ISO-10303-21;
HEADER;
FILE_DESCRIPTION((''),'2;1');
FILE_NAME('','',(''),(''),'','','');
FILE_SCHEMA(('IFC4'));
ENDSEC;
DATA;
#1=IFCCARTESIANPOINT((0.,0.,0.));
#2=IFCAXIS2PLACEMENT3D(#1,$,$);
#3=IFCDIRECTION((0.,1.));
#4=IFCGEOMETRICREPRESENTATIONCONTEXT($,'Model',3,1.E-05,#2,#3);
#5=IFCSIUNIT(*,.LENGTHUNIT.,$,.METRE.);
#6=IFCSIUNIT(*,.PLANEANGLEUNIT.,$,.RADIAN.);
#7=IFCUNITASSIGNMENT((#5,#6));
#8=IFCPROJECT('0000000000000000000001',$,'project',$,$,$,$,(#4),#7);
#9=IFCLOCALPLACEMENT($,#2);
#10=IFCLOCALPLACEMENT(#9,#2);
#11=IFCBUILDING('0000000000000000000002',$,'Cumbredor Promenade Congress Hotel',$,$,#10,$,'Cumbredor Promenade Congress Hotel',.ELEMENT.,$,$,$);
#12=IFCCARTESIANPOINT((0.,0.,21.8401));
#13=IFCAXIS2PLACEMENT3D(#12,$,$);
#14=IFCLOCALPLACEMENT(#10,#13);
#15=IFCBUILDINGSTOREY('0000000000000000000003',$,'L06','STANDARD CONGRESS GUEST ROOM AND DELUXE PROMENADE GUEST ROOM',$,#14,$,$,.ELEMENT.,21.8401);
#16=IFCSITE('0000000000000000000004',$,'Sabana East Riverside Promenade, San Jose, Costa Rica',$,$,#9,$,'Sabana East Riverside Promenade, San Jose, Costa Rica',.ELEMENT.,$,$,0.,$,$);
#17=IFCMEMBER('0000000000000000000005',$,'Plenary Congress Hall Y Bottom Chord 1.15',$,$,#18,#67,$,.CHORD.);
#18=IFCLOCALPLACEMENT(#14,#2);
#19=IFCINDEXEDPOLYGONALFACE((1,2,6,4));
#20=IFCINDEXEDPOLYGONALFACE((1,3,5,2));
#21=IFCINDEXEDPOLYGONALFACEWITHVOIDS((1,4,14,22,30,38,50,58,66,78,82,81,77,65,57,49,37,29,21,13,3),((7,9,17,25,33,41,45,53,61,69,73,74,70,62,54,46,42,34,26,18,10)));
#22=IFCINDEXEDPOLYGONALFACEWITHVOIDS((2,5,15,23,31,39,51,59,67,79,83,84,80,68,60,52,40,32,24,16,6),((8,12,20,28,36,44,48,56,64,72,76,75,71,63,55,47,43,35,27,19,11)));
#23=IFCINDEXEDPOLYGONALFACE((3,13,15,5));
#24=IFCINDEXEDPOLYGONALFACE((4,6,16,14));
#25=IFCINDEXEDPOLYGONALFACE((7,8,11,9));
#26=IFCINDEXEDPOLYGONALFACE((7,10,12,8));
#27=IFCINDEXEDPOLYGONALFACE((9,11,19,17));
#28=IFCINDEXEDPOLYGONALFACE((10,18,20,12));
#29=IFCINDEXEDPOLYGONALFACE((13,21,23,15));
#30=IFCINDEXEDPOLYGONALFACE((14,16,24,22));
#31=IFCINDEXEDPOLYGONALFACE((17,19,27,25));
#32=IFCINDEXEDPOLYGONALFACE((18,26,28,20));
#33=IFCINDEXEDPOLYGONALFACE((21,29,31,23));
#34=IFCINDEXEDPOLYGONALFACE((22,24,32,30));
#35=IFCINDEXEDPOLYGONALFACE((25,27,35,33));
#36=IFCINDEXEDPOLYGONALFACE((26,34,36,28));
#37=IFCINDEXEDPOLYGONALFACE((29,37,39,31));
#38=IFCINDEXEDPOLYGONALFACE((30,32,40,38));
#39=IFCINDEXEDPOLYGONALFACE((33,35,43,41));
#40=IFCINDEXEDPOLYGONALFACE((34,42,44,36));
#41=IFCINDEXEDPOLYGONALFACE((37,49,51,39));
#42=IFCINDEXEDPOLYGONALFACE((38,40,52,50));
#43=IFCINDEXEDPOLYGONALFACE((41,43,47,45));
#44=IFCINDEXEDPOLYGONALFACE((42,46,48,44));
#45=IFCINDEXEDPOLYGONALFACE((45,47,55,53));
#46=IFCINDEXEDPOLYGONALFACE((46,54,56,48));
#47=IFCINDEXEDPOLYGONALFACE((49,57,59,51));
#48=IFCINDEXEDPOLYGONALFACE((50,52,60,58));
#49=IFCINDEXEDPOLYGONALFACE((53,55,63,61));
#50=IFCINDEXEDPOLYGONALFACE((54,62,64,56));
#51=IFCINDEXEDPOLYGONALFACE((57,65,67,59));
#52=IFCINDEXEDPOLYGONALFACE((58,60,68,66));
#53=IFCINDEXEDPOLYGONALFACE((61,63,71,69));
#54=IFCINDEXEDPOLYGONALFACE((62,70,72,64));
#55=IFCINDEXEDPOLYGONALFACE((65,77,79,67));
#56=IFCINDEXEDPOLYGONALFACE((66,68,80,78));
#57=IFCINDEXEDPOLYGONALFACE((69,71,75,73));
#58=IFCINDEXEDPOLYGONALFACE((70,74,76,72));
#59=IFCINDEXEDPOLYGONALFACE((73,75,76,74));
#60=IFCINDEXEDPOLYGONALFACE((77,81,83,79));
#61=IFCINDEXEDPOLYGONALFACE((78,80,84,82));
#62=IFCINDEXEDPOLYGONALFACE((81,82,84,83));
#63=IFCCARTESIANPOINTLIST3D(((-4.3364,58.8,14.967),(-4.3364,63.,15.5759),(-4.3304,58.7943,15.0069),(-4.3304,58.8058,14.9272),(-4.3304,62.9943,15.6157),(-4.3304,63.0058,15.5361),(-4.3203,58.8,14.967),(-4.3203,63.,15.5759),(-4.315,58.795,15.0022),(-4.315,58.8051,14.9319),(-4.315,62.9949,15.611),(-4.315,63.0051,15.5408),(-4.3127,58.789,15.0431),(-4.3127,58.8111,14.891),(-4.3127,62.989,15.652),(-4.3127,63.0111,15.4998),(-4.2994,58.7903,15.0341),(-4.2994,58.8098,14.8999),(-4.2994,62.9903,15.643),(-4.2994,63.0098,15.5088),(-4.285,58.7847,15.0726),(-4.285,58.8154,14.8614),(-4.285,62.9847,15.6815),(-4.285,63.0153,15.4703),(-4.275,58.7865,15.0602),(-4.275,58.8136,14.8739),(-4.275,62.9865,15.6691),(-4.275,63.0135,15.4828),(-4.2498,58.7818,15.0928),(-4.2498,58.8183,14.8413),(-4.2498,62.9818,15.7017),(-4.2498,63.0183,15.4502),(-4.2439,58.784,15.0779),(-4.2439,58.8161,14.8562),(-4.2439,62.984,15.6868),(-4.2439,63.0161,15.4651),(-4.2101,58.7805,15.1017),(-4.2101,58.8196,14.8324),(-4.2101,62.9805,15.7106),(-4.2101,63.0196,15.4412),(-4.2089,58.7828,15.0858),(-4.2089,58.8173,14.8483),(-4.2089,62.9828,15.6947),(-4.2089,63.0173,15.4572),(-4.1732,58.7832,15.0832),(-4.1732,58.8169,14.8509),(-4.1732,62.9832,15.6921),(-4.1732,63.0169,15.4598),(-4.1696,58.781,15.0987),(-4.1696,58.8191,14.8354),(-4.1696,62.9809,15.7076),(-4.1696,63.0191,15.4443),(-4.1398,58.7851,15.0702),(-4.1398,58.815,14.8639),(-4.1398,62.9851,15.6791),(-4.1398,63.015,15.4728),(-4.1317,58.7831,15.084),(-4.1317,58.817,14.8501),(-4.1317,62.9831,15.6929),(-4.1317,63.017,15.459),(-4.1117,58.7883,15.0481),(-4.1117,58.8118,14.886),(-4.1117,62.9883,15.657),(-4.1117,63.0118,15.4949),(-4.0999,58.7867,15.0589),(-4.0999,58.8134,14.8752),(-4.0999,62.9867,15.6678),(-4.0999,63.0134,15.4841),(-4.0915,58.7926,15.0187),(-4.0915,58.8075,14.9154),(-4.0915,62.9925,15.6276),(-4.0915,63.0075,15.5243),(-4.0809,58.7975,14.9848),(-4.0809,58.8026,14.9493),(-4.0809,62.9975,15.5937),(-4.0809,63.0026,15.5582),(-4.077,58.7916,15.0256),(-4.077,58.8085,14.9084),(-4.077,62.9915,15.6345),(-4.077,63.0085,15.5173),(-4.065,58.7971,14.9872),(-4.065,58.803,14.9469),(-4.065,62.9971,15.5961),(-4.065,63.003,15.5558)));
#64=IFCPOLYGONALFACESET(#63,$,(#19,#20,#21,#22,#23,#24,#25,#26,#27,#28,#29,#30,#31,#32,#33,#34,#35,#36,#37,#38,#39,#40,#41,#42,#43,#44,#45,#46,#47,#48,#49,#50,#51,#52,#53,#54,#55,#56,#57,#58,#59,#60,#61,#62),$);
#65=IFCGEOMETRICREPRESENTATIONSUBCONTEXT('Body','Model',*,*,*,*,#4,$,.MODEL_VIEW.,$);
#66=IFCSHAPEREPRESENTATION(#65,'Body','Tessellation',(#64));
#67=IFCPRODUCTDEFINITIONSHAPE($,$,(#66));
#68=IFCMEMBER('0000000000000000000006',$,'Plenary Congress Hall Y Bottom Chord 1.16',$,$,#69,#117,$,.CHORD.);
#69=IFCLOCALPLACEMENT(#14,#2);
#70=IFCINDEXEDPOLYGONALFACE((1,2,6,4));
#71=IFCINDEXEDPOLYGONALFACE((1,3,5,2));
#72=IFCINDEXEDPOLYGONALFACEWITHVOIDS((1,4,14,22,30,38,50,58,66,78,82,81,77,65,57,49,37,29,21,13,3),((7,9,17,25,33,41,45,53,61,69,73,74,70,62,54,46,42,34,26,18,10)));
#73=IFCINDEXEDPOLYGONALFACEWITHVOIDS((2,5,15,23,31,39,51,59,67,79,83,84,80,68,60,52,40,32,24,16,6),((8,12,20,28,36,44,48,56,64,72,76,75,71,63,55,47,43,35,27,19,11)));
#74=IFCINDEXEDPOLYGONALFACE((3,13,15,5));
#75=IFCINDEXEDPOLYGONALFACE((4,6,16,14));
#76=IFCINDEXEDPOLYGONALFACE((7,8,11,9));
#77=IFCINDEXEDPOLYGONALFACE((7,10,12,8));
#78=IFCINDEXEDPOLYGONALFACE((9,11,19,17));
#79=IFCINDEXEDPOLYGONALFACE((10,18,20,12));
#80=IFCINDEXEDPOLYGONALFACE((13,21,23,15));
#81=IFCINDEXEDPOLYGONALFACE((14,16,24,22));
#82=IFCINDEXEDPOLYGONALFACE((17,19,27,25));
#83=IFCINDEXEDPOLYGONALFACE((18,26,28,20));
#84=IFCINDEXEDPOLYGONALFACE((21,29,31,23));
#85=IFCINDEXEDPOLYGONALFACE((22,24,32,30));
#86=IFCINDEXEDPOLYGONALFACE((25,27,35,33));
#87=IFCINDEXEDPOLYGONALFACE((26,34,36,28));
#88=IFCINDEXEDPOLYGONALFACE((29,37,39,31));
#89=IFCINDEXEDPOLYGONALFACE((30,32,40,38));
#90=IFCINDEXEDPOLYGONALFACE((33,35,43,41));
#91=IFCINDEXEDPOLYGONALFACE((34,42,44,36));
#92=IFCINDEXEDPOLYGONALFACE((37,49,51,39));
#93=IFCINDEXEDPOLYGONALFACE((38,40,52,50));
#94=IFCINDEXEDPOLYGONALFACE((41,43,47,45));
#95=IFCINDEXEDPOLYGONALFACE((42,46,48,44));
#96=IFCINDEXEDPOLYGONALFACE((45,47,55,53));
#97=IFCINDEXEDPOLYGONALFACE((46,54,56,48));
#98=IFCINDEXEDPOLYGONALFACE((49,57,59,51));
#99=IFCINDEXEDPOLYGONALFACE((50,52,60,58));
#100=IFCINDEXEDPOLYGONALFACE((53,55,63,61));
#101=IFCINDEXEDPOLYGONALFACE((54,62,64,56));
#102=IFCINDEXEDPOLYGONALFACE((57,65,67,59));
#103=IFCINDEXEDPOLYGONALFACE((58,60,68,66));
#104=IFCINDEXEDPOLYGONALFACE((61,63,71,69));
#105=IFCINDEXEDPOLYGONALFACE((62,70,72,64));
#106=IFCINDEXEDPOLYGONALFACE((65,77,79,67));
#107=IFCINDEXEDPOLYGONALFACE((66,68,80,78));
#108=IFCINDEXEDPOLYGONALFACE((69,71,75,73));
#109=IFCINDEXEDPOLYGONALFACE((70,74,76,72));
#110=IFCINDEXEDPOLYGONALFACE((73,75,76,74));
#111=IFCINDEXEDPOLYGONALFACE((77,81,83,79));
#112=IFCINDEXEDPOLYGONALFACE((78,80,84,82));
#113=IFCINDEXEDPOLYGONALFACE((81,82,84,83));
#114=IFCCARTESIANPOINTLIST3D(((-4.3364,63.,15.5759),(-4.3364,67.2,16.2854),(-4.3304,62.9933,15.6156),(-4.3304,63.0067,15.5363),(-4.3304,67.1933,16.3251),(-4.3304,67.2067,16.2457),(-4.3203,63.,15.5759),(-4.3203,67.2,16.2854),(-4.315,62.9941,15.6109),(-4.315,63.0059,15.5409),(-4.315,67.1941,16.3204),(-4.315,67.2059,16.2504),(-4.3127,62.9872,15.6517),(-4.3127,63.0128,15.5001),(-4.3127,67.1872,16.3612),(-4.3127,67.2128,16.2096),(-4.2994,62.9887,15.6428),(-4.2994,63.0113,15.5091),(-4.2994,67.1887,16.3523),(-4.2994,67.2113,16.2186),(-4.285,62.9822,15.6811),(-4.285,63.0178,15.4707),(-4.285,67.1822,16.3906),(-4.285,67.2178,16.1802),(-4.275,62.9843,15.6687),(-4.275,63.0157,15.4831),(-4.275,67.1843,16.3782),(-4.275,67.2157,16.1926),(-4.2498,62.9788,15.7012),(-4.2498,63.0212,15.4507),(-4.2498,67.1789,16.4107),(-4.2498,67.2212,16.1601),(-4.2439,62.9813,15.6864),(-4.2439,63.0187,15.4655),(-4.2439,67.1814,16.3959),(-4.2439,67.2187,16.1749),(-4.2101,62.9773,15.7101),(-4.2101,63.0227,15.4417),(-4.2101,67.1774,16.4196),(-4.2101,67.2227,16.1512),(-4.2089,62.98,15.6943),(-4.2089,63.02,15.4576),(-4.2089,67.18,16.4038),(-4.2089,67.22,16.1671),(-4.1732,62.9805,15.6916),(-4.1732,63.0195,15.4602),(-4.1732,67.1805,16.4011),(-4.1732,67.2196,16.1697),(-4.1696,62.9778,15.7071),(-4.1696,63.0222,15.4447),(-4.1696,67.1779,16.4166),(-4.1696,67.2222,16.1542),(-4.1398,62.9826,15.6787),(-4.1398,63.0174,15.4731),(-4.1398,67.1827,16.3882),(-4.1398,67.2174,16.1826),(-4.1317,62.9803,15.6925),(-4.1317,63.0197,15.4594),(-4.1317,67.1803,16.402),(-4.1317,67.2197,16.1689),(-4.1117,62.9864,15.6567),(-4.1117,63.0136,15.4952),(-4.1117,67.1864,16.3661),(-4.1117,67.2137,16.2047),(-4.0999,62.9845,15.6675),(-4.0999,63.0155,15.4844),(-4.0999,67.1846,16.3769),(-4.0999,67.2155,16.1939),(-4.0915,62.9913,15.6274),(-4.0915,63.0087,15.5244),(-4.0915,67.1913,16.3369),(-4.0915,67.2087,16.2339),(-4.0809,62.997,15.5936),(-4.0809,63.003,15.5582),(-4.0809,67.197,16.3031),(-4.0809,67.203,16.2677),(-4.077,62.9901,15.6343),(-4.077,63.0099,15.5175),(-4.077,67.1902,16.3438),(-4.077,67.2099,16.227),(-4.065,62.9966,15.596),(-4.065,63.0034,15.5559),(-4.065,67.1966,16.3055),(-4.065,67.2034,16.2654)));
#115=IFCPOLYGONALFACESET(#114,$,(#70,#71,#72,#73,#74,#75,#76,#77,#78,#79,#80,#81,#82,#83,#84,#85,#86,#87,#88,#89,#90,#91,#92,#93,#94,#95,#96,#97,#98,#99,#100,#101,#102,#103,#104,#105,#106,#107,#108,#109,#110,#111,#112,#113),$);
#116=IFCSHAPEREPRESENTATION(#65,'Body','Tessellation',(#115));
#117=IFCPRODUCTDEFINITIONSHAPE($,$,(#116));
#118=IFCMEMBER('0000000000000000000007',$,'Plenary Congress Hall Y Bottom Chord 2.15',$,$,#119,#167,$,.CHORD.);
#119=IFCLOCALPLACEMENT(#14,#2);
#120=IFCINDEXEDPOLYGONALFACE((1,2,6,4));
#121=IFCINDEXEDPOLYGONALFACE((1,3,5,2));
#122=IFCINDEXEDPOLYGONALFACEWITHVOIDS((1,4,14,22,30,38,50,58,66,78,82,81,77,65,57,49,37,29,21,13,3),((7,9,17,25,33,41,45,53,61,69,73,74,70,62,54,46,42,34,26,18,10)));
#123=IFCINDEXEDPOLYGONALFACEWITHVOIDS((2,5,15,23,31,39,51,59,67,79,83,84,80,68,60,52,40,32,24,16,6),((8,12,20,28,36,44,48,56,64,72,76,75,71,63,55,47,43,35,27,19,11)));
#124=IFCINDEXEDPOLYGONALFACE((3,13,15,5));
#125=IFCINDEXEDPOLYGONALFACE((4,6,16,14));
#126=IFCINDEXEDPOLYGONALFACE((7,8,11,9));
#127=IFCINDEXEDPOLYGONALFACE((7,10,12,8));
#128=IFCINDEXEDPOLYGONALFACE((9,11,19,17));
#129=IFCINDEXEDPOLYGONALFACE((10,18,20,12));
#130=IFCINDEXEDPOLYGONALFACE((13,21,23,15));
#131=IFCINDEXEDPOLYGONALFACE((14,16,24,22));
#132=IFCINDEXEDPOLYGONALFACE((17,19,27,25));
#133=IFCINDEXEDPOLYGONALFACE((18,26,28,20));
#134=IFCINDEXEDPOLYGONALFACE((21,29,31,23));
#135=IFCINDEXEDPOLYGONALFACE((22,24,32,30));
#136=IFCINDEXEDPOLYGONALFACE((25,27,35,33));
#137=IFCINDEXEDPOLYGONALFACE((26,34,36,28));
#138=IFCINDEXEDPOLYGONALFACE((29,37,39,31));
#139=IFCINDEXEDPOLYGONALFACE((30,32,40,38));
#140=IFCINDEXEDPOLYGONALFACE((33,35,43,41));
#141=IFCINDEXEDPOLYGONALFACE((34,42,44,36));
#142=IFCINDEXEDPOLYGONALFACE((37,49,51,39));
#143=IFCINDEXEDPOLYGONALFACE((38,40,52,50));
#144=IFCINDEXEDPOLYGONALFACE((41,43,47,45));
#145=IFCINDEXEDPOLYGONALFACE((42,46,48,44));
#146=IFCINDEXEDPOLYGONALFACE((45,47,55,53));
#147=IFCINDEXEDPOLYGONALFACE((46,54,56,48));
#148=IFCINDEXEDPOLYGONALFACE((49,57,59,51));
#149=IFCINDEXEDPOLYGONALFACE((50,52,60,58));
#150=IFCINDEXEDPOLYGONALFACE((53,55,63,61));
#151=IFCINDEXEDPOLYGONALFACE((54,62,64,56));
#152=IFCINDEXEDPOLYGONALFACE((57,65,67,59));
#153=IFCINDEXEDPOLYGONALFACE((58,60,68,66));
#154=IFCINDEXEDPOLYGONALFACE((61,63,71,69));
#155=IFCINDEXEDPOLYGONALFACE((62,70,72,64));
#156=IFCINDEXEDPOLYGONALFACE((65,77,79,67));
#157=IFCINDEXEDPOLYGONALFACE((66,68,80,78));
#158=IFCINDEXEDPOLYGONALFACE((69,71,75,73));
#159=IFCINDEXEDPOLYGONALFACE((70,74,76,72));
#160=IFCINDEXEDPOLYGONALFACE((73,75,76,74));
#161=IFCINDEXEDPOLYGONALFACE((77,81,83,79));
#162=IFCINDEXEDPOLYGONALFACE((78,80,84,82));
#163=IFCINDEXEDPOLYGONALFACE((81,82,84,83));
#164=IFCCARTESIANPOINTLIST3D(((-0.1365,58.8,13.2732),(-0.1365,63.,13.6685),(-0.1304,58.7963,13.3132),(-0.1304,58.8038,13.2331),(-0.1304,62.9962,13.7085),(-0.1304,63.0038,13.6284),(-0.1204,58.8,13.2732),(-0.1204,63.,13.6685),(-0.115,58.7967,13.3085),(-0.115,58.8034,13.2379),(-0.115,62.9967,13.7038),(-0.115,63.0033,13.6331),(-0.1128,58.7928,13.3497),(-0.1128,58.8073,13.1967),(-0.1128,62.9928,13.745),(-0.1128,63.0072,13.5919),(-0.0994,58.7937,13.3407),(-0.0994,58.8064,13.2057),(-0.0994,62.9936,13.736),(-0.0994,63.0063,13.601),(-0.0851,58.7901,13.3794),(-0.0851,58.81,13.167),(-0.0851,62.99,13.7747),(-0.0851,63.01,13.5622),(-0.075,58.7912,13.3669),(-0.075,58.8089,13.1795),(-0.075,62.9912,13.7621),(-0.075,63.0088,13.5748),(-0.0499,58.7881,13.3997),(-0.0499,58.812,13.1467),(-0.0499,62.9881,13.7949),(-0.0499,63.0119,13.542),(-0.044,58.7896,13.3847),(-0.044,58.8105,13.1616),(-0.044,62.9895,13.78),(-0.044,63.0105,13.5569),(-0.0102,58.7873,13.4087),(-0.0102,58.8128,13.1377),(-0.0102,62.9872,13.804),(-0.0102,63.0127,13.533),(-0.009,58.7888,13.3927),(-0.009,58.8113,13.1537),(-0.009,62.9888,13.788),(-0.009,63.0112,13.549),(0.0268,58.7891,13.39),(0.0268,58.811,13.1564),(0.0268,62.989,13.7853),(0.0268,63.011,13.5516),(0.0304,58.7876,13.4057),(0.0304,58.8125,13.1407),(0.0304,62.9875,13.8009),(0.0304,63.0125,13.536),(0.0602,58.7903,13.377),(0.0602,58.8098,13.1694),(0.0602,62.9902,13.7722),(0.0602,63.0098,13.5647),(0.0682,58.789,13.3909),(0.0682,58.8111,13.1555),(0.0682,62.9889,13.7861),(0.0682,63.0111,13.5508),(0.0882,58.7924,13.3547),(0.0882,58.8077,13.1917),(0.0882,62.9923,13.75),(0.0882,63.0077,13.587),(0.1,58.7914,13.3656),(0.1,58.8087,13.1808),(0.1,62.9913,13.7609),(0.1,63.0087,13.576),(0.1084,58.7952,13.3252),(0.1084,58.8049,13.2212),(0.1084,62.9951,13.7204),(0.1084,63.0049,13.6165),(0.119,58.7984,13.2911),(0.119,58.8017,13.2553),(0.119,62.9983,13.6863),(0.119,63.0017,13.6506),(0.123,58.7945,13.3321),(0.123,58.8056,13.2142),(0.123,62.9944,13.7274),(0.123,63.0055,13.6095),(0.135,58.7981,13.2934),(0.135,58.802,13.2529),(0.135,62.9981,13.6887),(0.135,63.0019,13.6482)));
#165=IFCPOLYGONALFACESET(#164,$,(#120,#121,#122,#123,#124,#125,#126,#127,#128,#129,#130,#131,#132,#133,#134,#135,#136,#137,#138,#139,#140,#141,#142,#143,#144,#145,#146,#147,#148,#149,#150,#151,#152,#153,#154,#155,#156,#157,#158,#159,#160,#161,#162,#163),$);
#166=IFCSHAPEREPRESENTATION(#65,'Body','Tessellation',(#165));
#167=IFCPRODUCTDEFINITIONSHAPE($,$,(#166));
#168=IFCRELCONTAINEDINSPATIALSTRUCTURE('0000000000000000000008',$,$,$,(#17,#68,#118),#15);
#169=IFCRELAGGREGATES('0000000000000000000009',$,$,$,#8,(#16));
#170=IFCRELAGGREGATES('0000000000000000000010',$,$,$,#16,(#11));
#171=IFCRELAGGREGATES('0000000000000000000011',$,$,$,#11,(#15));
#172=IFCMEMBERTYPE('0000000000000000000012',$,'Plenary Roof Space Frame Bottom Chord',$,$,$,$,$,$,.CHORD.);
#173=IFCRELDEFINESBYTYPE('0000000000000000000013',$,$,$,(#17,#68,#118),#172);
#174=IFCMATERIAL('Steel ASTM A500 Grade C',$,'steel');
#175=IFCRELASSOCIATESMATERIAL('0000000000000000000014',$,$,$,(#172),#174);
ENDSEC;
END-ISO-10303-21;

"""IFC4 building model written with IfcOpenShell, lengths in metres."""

from ifc_helpers import new_model, si_unit, direction, frame, origin, origin_2d, place, context, subcontext, project, spatial, hollow_circle, extrude, material, material_profile, profile_set, type_object, element, save


model = new_model("IFC4")

# Units and contexts
model_context = context("Model", 3, precision=1e-05, world=origin(), true_north=direction((0.0, 1.0)))
body_context = subcontext(model_context, "Body", "Model", "MODEL_VIEW")
ifc_project = project(units=[si_unit("LENGTHUNIT", "METRE"), si_unit("PLANEANGLEUNIT", "RADIAN")], contexts=[model_context])

# Site, building, storey
site_placement = place(None, origin())
site = spatial("IfcSite", under=ifc_project, at=site_placement, Name="Sabana East Riverside Promenade, San Jose, Costa Rica", LongName="Sabana East Riverside Promenade, San Jose, Costa Rica", CompositionType="ELEMENT", RefElevation=0.0)
building_placement = place(site_placement, origin())
building = spatial("IfcBuilding", under=site, at=building_placement, Name="Cumbredor Promenade Congress Hotel", LongName="Cumbredor Promenade Congress Hotel", CompositionType="ELEMENT")
storey_placement = place(building_placement, frame((0.0, 0.0, 21.8401)))
storey = spatial("IfcBuildingStorey", under=building, at=storey_placement, Name="L06", Description="STANDARD CONGRESS GUEST ROOM AND DELUXE PROMENADE GUEST ROOM", CompositionType="ELEMENT", Elevation=21.8401)

# Members
ifc_material_1 = material(Name="Steel ASTM A500 Grade C", Category="steel")
ifc_material_profile_1 = material_profile(ifc_material_1, hollow_circle(Radius=0.1365, WallThickness=0.0161, at=origin_2d()), Name="CHS 273.0x16")
ifc_profile_set_1 = profile_set([ifc_material_profile_1], Name="Steel ASTM A500 Grade C")
member_type_1 = type_object("IfcMemberType", Name="Plenary Roof Space Frame Bottom Chord", PredefinedType="CHORD", material=ifc_profile_set_1)
member_1_placement = place(storey_placement, frame((-4.2, 58.8, 14.967), z_axis=(0.0, 0.989654, 0.143475), x_axis=(-1.0, 0.0, 0.0)))
element("IfcMember", 1, at=member_1_placement, inside=storey, type_object=member_type_1, Name="Plenary Congress Hall Y Bottom Chord 1.15", PredefinedType="CHORD", context=body_context, shape_type="SweptSolid", body=[
    extrude(hollow_circle(Radius=0.1365, WallThickness=0.0161, at=origin_2d()), origin(), (0.0, 0.0, 1.0), 4.2439),
])
member_2_placement = place(storey_placement, frame((-4.2, 63.0, 15.5759), z_axis=(0.0, 0.986031, 0.166564), x_axis=(-1.0, 0.0, 0.0)))
element("IfcMember", 2, at=member_2_placement, inside=storey, type_object=member_type_1, Name="Plenary Congress Hall Y Bottom Chord 1.16", PredefinedType="CHORD", context=body_context, shape_type="SweptSolid", body=[
    extrude(hollow_circle(Radius=0.1365, WallThickness=0.0161, at=origin_2d()), origin(), (0.0, 0.0, 1.0), 4.2595),
])
member_3_placement = place(storey_placement, frame((0.0, 58.8, 13.2732), z_axis=(0.0, 0.995601, 0.093697), x_axis=(-1.0, 0.0, 0.0)))
element("IfcMember", 3, at=member_3_placement, inside=storey, type_object=member_type_1, Name="Plenary Congress Hall Y Bottom Chord 2.15", PredefinedType="CHORD", context=body_context, shape_type="SweptSolid", body=[
    extrude(hollow_circle(Radius=0.1365, WallThickness=0.0161, at=origin_2d()), origin(), (0.0, 0.0, 1.0), 4.2185),
])

save(model, "model.ifc")
